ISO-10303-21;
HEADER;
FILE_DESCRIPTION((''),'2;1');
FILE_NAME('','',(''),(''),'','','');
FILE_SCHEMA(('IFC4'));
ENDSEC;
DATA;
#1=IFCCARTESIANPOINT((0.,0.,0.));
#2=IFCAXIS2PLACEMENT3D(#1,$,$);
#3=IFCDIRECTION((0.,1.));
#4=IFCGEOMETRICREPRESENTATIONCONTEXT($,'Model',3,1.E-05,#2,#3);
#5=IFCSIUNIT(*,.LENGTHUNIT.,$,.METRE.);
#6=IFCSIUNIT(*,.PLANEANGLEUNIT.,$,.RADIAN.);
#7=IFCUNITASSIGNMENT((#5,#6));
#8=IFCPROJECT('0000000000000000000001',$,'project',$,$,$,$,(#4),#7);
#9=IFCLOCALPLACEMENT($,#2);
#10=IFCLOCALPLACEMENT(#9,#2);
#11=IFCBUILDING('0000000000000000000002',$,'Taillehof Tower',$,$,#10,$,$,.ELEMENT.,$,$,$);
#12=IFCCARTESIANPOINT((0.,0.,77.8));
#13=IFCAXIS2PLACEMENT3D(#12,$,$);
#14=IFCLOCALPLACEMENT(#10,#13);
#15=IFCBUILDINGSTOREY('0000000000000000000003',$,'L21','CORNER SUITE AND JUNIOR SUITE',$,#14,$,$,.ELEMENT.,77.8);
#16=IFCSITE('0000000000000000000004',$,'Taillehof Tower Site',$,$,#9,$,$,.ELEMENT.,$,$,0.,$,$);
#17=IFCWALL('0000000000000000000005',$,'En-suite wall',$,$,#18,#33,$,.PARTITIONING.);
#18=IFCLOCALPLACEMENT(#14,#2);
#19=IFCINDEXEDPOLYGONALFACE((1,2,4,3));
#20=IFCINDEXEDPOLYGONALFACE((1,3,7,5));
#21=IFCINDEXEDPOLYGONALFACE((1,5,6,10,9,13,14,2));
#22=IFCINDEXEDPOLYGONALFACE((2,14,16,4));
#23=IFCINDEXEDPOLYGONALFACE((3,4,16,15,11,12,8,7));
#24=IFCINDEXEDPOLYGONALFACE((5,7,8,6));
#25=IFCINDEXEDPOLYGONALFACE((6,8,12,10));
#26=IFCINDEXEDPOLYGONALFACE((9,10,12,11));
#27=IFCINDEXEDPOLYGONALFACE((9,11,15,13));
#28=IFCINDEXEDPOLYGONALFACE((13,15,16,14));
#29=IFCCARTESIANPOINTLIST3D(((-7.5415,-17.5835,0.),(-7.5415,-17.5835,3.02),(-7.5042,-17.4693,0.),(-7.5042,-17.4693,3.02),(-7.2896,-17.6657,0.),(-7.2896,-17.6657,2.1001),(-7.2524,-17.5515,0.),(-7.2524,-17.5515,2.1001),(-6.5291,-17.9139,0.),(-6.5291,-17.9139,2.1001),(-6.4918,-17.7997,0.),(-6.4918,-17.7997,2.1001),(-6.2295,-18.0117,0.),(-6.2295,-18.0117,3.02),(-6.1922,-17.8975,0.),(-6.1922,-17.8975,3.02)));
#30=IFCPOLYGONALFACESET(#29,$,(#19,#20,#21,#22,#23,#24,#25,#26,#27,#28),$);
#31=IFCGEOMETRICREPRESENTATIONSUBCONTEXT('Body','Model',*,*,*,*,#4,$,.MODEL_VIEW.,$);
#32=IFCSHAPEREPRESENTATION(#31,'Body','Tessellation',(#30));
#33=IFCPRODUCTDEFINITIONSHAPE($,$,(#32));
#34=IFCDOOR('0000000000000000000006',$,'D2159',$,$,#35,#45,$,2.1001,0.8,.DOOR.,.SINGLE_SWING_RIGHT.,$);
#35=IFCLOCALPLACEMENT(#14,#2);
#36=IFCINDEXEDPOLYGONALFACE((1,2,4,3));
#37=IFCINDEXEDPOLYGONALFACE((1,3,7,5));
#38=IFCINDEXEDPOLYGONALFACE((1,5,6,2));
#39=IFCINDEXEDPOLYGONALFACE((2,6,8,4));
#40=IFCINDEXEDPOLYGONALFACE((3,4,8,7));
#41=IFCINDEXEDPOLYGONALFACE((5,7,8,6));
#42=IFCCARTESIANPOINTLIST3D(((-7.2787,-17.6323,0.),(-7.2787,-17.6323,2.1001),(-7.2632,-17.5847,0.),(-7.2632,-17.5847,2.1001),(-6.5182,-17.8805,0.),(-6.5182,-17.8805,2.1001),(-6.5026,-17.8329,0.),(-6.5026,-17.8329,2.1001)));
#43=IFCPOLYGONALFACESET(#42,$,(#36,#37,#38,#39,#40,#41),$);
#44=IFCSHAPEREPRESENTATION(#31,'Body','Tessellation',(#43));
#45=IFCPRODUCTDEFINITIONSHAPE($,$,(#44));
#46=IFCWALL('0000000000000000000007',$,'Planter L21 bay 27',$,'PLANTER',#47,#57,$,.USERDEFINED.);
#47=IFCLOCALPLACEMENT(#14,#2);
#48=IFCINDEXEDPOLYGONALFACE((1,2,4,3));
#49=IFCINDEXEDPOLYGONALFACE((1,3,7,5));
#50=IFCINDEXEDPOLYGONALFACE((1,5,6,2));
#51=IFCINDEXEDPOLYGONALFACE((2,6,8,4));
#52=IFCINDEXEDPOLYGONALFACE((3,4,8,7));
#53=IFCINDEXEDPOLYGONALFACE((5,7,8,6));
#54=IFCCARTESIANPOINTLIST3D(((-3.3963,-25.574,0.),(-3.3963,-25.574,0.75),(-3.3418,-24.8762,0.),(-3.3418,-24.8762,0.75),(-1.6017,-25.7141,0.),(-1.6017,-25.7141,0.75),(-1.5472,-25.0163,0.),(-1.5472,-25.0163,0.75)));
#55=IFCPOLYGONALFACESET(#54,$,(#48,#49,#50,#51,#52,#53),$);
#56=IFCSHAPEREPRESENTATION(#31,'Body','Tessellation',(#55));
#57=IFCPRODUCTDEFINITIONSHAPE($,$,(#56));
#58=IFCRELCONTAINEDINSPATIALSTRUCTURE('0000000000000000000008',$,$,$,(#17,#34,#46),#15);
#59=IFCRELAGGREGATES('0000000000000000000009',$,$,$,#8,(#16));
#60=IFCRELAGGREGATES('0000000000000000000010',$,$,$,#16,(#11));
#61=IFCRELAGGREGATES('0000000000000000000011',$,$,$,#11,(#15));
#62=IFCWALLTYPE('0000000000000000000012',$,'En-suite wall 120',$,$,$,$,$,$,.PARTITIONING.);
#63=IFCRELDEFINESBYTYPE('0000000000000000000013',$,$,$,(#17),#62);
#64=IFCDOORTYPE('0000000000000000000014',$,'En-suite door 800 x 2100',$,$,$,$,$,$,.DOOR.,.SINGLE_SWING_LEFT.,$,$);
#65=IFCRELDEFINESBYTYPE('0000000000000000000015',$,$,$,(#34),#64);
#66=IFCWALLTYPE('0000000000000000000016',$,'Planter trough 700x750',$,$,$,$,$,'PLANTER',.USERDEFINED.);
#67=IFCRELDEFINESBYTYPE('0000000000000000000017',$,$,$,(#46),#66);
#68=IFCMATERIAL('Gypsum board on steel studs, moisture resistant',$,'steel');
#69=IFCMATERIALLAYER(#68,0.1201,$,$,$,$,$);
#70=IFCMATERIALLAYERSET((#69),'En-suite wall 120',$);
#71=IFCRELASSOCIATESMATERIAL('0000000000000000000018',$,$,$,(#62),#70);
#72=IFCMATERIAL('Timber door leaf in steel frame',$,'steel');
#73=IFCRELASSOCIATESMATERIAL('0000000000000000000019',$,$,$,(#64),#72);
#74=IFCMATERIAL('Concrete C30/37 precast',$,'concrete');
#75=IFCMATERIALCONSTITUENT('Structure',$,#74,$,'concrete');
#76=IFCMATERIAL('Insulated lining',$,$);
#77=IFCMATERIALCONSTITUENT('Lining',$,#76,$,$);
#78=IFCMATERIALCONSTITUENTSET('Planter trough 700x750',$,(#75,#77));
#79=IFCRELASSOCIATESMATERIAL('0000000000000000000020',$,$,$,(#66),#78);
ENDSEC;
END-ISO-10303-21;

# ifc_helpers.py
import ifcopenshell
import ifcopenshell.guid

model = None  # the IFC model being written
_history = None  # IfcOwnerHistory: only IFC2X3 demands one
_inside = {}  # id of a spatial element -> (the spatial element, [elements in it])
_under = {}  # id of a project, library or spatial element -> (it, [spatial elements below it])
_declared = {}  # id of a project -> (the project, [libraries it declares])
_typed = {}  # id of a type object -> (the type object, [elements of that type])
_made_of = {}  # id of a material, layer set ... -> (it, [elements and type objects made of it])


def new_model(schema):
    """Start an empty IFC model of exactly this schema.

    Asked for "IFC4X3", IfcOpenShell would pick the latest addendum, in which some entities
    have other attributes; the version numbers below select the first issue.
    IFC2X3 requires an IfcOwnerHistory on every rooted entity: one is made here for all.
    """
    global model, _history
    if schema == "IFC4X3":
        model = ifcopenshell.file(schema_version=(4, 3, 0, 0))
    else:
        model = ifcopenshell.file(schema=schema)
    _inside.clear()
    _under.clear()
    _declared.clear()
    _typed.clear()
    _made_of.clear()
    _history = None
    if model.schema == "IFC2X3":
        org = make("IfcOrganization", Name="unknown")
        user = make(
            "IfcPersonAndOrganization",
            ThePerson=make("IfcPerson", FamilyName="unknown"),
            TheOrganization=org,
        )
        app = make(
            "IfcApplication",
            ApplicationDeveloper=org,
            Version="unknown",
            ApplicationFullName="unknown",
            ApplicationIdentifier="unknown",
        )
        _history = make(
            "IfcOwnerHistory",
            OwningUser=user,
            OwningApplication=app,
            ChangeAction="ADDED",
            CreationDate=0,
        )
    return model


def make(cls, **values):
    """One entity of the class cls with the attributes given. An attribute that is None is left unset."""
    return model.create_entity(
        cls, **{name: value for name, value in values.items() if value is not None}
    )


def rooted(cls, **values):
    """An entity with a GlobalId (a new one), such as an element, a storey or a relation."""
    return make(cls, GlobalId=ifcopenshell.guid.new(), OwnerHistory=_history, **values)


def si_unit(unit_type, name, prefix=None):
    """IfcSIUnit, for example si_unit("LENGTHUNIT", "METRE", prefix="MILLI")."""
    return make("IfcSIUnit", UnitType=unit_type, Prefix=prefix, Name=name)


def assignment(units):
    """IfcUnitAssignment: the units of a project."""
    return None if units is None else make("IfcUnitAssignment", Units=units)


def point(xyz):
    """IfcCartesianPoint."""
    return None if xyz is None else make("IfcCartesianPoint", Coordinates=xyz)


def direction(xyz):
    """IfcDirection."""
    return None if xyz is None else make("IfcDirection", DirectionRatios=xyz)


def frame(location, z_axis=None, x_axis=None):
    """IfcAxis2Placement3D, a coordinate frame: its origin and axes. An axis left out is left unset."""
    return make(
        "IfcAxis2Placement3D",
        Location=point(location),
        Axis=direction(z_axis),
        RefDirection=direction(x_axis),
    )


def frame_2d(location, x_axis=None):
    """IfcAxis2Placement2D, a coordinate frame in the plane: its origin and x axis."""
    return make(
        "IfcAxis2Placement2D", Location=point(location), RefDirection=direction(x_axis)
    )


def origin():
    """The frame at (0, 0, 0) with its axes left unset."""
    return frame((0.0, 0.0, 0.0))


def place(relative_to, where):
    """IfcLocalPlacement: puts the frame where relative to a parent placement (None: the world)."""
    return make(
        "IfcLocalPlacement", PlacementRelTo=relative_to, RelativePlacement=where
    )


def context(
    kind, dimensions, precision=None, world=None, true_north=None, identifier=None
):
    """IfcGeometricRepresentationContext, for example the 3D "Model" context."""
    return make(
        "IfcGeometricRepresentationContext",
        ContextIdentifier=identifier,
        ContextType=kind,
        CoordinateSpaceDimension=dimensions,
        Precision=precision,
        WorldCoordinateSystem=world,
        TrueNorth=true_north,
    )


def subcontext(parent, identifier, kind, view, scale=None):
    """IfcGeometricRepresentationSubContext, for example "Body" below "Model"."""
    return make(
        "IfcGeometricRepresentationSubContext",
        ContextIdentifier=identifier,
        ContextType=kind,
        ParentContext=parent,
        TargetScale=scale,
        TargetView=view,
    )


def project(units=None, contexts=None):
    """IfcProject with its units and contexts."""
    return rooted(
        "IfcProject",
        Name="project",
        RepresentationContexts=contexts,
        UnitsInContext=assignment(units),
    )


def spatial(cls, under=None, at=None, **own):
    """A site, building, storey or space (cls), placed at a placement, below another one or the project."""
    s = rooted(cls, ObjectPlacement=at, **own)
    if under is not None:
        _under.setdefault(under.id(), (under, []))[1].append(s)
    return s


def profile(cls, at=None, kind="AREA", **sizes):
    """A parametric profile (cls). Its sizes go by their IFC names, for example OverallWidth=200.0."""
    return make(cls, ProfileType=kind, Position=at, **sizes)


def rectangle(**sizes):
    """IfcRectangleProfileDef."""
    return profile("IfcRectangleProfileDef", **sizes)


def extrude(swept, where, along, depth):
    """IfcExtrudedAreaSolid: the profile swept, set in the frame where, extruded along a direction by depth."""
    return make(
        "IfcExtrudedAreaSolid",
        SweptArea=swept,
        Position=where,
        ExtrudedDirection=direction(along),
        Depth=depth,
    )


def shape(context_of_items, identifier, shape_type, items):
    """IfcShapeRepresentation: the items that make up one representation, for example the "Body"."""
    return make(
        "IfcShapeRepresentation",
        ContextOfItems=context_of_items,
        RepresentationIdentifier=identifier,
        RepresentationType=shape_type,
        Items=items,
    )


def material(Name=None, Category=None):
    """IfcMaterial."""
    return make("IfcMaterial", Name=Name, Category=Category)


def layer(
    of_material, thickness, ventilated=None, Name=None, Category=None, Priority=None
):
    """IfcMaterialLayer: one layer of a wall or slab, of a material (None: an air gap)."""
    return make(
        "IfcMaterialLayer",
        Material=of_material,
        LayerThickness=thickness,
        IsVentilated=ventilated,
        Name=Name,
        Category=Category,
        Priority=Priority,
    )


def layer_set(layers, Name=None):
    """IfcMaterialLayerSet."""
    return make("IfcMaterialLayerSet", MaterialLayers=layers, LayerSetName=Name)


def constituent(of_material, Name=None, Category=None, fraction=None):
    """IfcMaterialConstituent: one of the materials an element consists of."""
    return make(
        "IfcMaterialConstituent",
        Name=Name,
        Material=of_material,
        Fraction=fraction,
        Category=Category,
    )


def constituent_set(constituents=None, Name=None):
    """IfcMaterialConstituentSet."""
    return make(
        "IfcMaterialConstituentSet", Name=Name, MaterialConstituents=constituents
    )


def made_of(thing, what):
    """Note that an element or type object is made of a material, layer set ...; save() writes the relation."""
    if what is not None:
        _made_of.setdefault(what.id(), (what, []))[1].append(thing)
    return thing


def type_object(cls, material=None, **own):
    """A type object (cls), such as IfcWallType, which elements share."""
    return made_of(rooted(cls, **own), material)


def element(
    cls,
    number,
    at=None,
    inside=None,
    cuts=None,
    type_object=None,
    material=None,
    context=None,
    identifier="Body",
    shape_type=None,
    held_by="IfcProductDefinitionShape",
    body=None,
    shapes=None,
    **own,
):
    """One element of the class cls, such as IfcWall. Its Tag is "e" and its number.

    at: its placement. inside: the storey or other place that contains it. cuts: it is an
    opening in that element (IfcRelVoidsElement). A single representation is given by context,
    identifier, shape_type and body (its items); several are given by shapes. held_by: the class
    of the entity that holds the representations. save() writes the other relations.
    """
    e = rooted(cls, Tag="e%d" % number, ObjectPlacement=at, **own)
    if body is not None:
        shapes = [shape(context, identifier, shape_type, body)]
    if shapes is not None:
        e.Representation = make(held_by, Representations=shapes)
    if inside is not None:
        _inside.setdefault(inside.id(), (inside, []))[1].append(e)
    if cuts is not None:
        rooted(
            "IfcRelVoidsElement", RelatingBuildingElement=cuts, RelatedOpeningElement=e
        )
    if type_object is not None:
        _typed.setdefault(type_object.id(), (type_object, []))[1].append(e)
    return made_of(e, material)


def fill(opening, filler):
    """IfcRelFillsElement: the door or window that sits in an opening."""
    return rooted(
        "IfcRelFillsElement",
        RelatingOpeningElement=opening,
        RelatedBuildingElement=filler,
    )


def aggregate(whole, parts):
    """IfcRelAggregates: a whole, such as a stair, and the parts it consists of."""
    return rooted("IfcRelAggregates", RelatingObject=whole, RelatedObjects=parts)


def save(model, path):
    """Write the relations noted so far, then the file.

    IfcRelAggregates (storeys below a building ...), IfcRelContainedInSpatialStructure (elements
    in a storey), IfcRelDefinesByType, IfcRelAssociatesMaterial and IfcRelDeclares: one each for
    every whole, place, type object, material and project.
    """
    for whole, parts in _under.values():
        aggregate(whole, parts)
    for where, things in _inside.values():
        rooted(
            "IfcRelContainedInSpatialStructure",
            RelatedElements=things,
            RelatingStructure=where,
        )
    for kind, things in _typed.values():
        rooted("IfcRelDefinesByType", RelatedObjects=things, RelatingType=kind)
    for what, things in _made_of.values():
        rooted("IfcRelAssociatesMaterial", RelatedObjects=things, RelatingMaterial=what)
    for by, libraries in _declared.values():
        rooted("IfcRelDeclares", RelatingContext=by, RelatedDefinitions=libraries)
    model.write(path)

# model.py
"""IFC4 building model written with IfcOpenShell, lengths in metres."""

from ifc_helpers import new_model, si_unit, direction, frame, frame_2d, origin, place, context, subcontext, project, spatial, rectangle, extrude, material, layer, layer_set, constituent, constituent_set, type_object, element, fill, save


model = new_model("IFC4")

# Units and contexts
model_context = context("Model", 3, precision=1e-05, world=origin(), true_north=direction((0.0, 1.0)))
body_context = subcontext(model_context, "Body", "Model", "MODEL_VIEW")
ifc_project = project(units=[si_unit("LENGTHUNIT", "METRE"), si_unit("PLANEANGLEUNIT", "RADIAN")], contexts=[model_context])

# Site, building, storey
site_placement = place(None, origin())
site = spatial("IfcSite", under=ifc_project, at=site_placement, Name="Taillehof Tower Site", CompositionType="ELEMENT", RefElevation=0.0)
building_placement = place(site_placement, origin())
building = spatial("IfcBuilding", under=site, at=building_placement, Name="Taillehof Tower", CompositionType="ELEMENT")
storey_placement = place(building_placement, frame((0.0, 0.0, 77.8)))
storey = spatial("IfcBuildingStorey", under=building, at=storey_placement, Name="L21", Description="CORNER SUITE AND JUNIOR SUITE", CompositionType="ELEMENT", Elevation=77.8)

# Shared definitions
ifc_material_1 = material(Name="Gypsum board on steel studs, moisture resistant", Category="steel")
ifc_layer_1 = layer(ifc_material_1, 0.1201)
ifc_layer_set_1 = layer_set([ifc_layer_1], Name="En-suite wall 120")
wall_type_1 = type_object("IfcWallType", Name="En-suite wall 120", PredefinedType="PARTITIONING", material=ifc_layer_set_1)

# Wall, opening, door
ifc_material_2 = material(Name="Timber door leaf in steel frame", Category="steel")
door_type_1 = type_object("IfcDoorType", Name="En-suite door 800 x 2100", OperationType="SINGLE_SWING_LEFT", PredefinedType="DOOR", material=ifc_material_2)
wall_1_placement = place(storey_placement, frame((-6.2109, -17.9546, 0.0), z_axis=(0.0, 0.0, 1.0), x_axis=(-0.950646, 0.310278, 0.0)))
wall_1 = element("IfcWall", 1, at=wall_1_placement, inside=storey, type_object=wall_type_1, Name="En-suite wall", PredefinedType="PARTITIONING", context=body_context, shape_type="SweptSolid", body=[
    extrude(rectangle(XDim=1.3801, YDim=0.1201, at=frame_2d((0.6899, 0.0))), origin(), (0.0, 0.0, 1.0), 3.02),
])
opening_1_placement = place(wall_1_placement, frame((0.3152, 0.0, 0.0)))
opening_1 = element("IfcOpeningElement", 2, at=opening_1_placement, cuts=wall_1, PredefinedType="OPENING", context=body_context, shape_type="SweptSolid", body=[
    extrude(rectangle(XDim=0.8, YDim=2.1001, at=frame_2d((0.3999, 1.05))), frame((0.0, 0.0701, 0.0), z_axis=(0.0, -1.0, 0.0), x_axis=(1.0, 0.0, 0.0)), (0.0, 0.0, 1.0), 0.1401),
])
door_1_placement = place(opening_1_placement, origin())
door_1 = element("IfcDoor", 3, at=door_1_placement, inside=storey, type_object=door_type_1, Name="D2159", OperationType="SINGLE_SWING_RIGHT", OverallHeight=2.1001, OverallWidth=0.8, PredefinedType="DOOR", context=body_context, shape_type="SweptSolid", body=[
    extrude(rectangle(XDim=0.8, YDim=2.1001, at=frame_2d((0.3999, 1.05))), frame((0.0, 0.0249, 0.0), z_axis=(0.0, -1.0, 0.0), x_axis=(1.0, 0.0, 0.0)), (0.0, 0.0, 1.0), 0.05),
])
fill(opening_1, door_1)

# Wall
ifc_material_3 = material(Name="Concrete C30/37 precast", Category="concrete")
ifc_constituent_1 = constituent(ifc_material_3, Name="Structure", Category="concrete")
ifc_material_4 = material(Name="Insulated lining")
ifc_constituent_2 = constituent(ifc_material_4, Name="Lining")
ifc_constituent_set = constituent_set(constituents=[ifc_constituent_1, ifc_constituent_2], Name="Planter trough 700x750")
wall_type_2 = type_object("IfcWallType", Name="Planter trough 700x750", ElementType="PLANTER", PredefinedType="USERDEFINED", material=ifc_constituent_set)
wall_2_placement = place(storey_placement, frame((-3.3689, -25.2251, 0.0), z_axis=(0.0, 0.0, 1.0), x_axis=(0.996965, -0.077848, 0.0)))
element("IfcWall", 4, at=wall_2_placement, inside=storey, type_object=wall_type_2, Name="Planter L21 bay 27", ObjectType="PLANTER", PredefinedType="USERDEFINED", context=body_context, shape_type="SweptSolid", body=[
    extrude(rectangle(XDim=1.8, YDim=0.7, at=frame_2d((0.8999, 0.0))), origin(), (0.0, 0.0, 1.0), 0.75),
])

save(model, "model.ifc")
